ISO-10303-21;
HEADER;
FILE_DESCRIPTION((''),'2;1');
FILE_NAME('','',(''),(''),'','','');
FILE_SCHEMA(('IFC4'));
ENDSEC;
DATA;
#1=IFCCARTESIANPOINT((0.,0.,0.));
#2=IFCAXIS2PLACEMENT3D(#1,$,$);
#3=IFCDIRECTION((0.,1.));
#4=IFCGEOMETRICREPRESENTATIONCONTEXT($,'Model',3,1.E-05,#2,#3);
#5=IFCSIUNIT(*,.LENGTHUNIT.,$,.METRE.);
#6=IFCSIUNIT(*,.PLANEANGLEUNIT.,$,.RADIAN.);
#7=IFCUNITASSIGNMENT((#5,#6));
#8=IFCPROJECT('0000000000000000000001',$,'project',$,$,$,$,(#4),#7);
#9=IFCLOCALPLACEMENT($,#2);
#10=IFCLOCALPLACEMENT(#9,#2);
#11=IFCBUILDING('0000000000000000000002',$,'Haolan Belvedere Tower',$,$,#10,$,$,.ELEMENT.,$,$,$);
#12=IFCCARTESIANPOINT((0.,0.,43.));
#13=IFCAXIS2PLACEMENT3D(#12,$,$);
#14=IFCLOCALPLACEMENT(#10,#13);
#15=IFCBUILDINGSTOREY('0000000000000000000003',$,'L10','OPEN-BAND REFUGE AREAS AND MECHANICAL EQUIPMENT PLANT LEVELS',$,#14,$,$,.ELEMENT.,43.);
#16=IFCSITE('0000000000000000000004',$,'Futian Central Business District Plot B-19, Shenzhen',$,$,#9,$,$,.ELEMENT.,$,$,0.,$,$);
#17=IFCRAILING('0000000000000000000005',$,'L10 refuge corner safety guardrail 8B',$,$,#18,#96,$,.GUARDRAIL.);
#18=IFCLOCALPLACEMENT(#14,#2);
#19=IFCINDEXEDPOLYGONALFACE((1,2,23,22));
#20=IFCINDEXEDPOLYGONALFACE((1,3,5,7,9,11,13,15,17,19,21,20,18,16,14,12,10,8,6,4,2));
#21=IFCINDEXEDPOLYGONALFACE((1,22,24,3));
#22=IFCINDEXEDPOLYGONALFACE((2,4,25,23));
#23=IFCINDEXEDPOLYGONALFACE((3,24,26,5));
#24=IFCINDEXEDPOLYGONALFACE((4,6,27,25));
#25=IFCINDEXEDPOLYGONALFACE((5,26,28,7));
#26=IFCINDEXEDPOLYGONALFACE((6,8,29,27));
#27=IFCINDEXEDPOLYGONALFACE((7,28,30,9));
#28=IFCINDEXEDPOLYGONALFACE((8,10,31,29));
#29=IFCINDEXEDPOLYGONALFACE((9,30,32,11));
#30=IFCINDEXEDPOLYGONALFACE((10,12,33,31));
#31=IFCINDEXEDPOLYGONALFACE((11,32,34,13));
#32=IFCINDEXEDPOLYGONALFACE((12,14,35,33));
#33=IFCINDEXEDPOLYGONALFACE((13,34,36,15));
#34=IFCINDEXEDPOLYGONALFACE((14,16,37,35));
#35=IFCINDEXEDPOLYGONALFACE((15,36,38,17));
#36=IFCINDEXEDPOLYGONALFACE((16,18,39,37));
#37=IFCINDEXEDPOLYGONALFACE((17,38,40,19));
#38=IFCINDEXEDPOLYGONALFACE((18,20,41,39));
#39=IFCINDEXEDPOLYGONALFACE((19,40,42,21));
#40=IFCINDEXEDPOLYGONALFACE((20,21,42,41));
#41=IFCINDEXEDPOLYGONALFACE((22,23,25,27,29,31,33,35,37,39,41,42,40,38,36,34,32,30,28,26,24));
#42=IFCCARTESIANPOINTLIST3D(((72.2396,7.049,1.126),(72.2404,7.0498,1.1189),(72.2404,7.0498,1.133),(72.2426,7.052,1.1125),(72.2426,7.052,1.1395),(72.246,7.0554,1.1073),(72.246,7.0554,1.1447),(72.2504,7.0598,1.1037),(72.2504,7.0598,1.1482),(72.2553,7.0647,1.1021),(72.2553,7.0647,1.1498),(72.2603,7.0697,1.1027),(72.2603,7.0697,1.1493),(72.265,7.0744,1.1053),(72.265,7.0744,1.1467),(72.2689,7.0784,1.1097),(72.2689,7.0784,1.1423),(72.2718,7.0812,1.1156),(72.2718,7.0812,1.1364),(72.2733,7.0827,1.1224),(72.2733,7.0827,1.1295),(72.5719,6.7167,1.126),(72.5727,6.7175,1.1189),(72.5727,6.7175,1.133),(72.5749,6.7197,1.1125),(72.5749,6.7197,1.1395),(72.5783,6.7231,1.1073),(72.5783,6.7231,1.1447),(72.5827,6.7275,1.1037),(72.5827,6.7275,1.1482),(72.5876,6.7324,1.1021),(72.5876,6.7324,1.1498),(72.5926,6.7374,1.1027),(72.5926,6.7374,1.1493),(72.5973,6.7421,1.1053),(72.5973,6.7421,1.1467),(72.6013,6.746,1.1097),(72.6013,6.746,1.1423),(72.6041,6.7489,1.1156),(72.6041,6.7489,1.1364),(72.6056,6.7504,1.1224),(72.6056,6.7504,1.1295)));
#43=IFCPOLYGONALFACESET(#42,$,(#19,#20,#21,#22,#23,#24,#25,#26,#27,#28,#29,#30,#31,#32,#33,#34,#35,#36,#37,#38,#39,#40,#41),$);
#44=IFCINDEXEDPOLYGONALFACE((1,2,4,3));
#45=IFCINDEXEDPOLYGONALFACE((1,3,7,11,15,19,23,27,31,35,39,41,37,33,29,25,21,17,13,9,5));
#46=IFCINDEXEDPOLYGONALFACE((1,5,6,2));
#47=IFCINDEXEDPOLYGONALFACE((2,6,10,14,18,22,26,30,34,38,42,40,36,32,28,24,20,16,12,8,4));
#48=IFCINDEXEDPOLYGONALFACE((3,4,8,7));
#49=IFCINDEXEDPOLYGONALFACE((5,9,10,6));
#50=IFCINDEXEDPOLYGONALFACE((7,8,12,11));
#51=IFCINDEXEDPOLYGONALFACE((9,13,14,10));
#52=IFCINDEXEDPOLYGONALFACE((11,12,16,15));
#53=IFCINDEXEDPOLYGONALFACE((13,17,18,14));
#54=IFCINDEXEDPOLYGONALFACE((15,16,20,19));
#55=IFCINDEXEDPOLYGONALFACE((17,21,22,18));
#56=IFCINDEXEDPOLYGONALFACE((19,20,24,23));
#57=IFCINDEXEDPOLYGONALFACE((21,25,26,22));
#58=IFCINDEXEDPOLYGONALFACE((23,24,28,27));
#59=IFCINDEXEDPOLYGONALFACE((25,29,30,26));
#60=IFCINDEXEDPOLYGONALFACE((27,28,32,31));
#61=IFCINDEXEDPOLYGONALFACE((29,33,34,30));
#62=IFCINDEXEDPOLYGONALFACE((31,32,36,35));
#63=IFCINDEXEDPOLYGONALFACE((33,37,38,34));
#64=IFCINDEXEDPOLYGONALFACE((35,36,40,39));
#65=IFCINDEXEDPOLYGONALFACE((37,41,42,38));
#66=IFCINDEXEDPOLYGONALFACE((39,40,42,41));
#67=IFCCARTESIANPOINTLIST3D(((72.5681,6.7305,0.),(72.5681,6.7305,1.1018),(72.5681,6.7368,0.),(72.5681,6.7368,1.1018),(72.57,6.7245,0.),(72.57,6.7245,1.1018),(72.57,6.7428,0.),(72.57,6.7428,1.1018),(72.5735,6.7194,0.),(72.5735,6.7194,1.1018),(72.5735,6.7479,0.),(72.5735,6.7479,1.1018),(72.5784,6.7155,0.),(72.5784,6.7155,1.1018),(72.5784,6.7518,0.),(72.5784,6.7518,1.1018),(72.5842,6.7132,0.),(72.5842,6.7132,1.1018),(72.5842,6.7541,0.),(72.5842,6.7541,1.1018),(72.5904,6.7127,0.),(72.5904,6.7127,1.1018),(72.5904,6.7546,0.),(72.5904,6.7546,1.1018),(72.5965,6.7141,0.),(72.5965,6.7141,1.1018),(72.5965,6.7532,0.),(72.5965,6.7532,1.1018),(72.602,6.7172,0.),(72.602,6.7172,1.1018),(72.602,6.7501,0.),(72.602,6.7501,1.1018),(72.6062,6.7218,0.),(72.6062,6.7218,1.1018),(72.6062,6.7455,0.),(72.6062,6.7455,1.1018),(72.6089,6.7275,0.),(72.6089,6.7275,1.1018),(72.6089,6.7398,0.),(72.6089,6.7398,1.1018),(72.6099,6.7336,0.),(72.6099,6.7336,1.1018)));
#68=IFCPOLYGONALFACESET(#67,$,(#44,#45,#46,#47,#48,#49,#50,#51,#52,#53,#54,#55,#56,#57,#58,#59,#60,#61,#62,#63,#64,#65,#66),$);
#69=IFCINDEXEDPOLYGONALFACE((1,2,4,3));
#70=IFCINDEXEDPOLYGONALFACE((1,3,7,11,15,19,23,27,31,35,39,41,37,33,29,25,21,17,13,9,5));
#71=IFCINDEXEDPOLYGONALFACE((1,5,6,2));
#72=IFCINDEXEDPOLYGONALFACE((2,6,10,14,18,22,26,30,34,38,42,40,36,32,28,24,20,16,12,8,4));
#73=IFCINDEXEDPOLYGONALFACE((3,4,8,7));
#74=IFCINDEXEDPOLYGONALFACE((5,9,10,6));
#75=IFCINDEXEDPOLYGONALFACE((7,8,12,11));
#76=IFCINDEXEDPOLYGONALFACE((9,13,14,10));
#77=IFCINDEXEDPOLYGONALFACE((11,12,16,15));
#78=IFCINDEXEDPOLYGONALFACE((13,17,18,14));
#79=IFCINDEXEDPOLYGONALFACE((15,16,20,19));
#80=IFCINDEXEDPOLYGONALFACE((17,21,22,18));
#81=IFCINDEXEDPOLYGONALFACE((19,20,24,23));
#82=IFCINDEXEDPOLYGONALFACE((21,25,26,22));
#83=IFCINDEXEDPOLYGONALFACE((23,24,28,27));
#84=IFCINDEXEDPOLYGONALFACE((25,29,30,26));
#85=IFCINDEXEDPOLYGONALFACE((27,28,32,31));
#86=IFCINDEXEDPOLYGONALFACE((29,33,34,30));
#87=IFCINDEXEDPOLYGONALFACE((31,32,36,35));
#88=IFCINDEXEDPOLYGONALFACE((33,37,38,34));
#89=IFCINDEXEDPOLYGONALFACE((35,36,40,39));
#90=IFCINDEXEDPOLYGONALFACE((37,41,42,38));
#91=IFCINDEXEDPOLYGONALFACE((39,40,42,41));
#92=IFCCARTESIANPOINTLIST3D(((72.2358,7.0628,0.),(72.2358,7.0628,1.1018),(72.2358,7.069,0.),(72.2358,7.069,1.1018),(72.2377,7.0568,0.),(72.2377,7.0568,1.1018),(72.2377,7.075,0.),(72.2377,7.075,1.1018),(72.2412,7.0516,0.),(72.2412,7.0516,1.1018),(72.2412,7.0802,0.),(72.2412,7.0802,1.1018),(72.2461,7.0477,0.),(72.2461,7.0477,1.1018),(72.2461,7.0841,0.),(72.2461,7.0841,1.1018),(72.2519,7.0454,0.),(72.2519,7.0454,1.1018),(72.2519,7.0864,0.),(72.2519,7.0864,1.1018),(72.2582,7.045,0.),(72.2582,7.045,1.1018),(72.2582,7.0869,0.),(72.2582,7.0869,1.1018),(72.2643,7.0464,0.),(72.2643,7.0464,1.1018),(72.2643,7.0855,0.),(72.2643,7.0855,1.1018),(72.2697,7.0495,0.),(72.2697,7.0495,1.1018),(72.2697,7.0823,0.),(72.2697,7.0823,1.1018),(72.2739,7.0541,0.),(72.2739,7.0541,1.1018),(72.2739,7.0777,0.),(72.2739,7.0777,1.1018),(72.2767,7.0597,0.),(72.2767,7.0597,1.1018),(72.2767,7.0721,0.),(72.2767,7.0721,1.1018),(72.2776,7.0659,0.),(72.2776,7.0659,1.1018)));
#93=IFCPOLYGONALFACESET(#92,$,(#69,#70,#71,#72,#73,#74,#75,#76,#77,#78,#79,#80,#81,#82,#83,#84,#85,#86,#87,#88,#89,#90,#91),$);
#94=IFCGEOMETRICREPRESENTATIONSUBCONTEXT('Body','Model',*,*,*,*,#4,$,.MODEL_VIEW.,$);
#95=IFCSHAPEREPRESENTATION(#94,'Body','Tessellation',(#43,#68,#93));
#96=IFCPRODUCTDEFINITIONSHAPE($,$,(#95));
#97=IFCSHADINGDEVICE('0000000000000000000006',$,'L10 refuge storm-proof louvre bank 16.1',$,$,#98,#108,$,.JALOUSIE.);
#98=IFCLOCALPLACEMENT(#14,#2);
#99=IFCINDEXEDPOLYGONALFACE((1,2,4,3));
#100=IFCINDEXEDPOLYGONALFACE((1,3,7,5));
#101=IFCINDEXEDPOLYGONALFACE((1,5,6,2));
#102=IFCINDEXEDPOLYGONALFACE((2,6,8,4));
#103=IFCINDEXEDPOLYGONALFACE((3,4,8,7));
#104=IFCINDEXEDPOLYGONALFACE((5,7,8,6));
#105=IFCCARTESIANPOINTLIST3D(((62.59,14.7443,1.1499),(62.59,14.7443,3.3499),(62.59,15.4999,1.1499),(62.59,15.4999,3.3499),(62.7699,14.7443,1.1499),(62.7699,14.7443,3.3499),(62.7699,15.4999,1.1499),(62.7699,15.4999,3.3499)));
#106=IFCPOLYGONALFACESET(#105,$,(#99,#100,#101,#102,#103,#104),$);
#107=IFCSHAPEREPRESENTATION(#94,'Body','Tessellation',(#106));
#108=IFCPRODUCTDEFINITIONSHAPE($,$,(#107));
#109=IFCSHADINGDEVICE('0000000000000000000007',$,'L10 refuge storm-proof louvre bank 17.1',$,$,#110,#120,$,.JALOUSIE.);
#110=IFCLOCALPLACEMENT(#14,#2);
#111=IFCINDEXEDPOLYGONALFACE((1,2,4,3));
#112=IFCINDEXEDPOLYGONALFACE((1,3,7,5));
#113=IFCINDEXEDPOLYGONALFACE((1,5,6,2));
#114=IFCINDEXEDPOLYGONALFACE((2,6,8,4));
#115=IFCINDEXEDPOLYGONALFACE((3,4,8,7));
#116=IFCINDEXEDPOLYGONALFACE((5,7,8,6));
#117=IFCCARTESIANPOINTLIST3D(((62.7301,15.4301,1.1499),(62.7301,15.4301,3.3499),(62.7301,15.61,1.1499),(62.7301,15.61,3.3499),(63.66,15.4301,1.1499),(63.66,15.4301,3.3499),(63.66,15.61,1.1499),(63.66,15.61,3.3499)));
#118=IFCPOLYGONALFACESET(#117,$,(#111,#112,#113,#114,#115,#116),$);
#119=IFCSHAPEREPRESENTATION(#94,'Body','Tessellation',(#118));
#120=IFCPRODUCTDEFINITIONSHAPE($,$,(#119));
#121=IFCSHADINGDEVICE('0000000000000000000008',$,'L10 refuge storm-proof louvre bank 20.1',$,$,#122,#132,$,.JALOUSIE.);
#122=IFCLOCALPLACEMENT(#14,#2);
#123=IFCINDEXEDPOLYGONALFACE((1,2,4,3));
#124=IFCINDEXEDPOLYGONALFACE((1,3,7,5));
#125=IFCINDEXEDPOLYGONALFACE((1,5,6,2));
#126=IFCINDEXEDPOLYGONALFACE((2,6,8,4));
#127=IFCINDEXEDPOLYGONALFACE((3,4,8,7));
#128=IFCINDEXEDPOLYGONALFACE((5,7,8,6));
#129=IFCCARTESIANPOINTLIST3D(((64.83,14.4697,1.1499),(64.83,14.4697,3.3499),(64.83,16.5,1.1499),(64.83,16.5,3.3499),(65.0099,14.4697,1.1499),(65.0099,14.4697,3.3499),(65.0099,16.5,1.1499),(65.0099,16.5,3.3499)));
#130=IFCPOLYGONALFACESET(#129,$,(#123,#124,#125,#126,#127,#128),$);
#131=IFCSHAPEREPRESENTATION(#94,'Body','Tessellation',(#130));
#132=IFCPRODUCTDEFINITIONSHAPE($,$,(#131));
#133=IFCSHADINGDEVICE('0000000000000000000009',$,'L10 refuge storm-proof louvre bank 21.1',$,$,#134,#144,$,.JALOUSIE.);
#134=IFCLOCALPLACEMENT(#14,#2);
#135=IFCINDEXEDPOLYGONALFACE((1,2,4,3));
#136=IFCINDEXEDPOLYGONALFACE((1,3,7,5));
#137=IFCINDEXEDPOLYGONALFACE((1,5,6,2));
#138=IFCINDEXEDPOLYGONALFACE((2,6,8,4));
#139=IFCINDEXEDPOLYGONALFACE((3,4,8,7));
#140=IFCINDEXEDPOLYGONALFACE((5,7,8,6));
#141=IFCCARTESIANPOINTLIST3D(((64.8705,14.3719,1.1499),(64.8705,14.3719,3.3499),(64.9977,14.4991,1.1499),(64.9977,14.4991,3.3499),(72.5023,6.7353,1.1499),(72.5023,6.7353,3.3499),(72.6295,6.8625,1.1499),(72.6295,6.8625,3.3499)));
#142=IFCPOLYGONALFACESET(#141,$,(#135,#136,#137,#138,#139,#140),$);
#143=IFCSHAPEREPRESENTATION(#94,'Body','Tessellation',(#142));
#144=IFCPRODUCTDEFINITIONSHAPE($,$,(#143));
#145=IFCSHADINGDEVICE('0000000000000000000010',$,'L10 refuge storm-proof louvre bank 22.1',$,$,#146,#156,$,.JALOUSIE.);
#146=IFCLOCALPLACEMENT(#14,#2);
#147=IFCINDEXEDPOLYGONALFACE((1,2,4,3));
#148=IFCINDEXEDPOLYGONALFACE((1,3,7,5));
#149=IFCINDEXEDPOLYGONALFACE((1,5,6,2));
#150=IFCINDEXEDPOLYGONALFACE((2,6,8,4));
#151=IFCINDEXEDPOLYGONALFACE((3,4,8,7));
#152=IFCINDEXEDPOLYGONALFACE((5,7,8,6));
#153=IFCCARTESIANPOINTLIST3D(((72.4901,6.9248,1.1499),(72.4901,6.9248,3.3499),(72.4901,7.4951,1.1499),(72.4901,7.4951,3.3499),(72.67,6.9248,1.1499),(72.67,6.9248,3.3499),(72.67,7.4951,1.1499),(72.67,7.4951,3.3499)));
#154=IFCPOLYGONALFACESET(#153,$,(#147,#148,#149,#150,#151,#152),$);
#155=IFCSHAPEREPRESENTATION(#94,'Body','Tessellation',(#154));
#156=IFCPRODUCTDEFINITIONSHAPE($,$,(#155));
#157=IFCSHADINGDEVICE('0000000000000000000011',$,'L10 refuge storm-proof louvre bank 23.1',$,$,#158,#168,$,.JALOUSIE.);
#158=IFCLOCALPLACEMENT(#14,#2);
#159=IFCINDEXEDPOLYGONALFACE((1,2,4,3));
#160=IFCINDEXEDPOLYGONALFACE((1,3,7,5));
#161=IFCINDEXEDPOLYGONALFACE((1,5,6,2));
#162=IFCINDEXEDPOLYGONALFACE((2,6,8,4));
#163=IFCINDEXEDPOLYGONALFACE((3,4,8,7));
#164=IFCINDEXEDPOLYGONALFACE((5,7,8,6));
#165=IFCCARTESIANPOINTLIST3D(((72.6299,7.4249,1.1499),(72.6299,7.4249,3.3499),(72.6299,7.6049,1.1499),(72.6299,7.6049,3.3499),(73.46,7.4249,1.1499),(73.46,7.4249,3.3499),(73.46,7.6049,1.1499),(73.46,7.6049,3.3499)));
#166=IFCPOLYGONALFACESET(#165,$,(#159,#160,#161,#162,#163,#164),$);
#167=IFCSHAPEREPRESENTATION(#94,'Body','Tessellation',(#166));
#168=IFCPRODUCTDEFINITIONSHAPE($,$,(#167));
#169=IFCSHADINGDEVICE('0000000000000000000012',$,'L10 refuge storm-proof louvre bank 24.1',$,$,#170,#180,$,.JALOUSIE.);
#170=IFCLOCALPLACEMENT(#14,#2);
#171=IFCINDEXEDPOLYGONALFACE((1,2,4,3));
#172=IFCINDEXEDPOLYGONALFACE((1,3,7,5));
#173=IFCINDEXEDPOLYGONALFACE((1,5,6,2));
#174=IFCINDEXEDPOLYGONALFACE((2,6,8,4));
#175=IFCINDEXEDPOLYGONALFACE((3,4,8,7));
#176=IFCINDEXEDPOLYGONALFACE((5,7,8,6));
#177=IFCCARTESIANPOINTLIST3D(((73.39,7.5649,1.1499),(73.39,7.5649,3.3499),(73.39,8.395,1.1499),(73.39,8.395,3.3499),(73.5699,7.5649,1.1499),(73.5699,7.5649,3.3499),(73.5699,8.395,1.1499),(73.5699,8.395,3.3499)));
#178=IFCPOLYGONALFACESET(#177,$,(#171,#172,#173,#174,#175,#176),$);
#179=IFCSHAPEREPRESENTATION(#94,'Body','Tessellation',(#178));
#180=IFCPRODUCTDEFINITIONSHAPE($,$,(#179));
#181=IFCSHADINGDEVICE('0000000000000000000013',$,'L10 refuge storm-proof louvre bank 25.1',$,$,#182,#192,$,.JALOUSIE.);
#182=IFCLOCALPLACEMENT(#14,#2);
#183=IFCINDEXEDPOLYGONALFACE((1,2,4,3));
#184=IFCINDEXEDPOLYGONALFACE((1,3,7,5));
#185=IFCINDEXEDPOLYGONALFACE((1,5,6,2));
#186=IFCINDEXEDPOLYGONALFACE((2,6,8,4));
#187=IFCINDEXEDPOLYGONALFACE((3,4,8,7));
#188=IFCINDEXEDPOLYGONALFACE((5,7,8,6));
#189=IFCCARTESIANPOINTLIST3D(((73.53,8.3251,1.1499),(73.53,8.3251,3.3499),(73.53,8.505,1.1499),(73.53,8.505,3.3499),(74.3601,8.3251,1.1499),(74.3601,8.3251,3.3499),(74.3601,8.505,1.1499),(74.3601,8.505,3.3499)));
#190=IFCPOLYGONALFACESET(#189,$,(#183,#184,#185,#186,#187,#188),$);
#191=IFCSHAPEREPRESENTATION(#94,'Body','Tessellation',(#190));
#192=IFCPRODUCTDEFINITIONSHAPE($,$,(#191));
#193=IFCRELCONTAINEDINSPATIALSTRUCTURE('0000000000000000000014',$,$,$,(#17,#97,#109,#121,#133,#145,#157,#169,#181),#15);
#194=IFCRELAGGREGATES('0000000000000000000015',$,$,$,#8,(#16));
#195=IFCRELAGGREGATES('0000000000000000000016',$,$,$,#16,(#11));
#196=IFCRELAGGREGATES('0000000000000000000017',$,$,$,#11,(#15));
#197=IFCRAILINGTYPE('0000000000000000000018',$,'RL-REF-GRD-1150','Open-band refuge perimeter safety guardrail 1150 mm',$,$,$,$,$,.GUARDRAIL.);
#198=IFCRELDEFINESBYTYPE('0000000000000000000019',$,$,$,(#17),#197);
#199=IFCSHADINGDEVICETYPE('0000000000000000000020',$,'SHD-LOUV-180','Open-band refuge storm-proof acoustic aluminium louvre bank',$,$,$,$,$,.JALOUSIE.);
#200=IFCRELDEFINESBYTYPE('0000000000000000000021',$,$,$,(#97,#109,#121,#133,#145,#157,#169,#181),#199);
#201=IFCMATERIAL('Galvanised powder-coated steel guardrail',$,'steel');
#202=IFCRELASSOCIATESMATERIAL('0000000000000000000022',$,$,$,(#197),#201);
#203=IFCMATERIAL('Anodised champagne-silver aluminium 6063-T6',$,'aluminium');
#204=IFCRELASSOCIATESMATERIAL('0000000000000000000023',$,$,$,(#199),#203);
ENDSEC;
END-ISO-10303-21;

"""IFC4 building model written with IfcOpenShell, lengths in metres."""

from ifc_helpers import new_model, si_unit, direction, frame, origin, origin_2d, place, context, subcontext, project, spatial, rectangle, circle, extrude, material, type_object, element, save


model = new_model("IFC4")

# Units and contexts
model_context = context("Model", 3, precision=1e-05, world=origin(), true_north=direction((0.0, 1.0)))
body_context = subcontext(model_context, "Body", "Model", "MODEL_VIEW")
ifc_project = project(units=[si_unit("LENGTHUNIT", "METRE"), si_unit("PLANEANGLEUNIT", "RADIAN")], contexts=[model_context])

# Site, building, storey
site_placement = place(None, origin())
site = spatial("IfcSite", under=ifc_project, at=site_placement, Name="Futian Central Business District Plot B-19, Shenzhen", CompositionType="ELEMENT", RefElevation=0.0)
building_placement = place(site_placement, origin())
building = spatial("IfcBuilding", under=site, at=building_placement, Name="Haolan Belvedere Tower", CompositionType="ELEMENT")
storey_placement = place(building_placement, frame((0.0, 0.0, 43.0)))
storey = spatial("IfcBuildingStorey", under=building, at=storey_placement, Name="L10", Description="OPEN-BAND REFUGE AREAS AND MECHANICAL EQUIPMENT PLANT LEVELS", CompositionType="ELEMENT", Elevation=43.0)

# Railing
ifc_material_1 = material(Name="Galvanised powder-coated steel guardrail", Category="steel")
railing_type = type_object("IfcRailingType", Name="RL-REF-GRD-1150", Description="Open-band refuge perimeter safety guardrail 1150 mm", PredefinedType="GUARDRAIL", material=ifc_material_1)
railing_1_placement = place(storey_placement, frame((72.5889, 6.7336, 0.0)))
element("IfcRailing", 1, at=railing_1_placement, inside=storey, type_object=railing_type, Name="L10 refuge corner safety guardrail 8B", PredefinedType="GUARDRAIL", context=body_context, shape_type="SweptSolid", body=[
    extrude(circle(Radius=0.0239, at=origin_2d()), frame((0.0, 0.0, 1.126), z_axis=(-0.707107, 0.707107, 0.0), x_axis=(-0.707107, -0.707107, 0.0)), (0.0, 0.0, 1.0), 0.47),
    extrude(circle(Radius=0.021, at=origin_2d()), origin(), (0.0, 0.0, 1.0), 1.1018),
    extrude(circle(Radius=0.021, at=origin_2d()), frame((-0.3323, 0.3323, 0.0)), (0.0, 0.0, 1.0), 1.1018),
])

# Shading devices
ifc_material_2 = material(Name="Anodised champagne-silver aluminium 6063-T6", Category="aluminium")
shading_device_type = type_object("IfcShadingDeviceType", Name="SHD-LOUV-180", Description="Open-band refuge storm-proof acoustic aluminium louvre bank", PredefinedType="JALOUSIE", material=ifc_material_2)
shading_device_1_placement = place(storey_placement, frame((62.6799, 15.1221, 1.1499), z_axis=(0.0, 0.0, 1.0), x_axis=(0.0, 1.0, 0.0)))
element("IfcShadingDevice", 2, at=shading_device_1_placement, inside=storey, type_object=shading_device_type, Name="L10 refuge storm-proof louvre bank 16.1", PredefinedType="JALOUSIE", context=body_context, shape_type="SweptSolid", body=[
    extrude(rectangle(XDim=0.7556, YDim=0.1799, at=origin_2d()), origin(), (0.0, 0.0, 1.0), 2.2),
])
shading_device_2_placement = place(storey_placement, frame((63.1951, 15.52, 1.1499), z_axis=(0.0, 0.0, 1.0), x_axis=(1.0, 0.0, 0.0)))
element("IfcShadingDevice", 3, at=shading_device_2_placement, inside=storey, type_object=shading_device_type, Name="L10 refuge storm-proof louvre bank 17.1", PredefinedType="JALOUSIE", context=body_context, shape_type="SweptSolid", body=[
    extrude(rectangle(XDim=0.9299, YDim=0.1799, at=origin_2d()), origin(), (0.0, 0.0, 1.0), 2.2),
])
shading_device_3_placement = place(storey_placement, frame((64.9199, 15.4849, 1.1499), z_axis=(0.0, 0.0, 1.0), x_axis=(0.0, -1.0, 0.0)))
element("IfcShadingDevice", 4, at=shading_device_3_placement, inside=storey, type_object=shading_device_type, Name="L10 refuge storm-proof louvre bank 20.1", PredefinedType="JALOUSIE", context=body_context, shape_type="SweptSolid", body=[
    extrude(rectangle(XDim=2.0303, YDim=0.1799, at=origin_2d()), origin(), (0.0, 0.0, 1.0), 2.2),
])
shading_device_4_placement = place(storey_placement, frame((68.75, 10.6172, 1.1499), z_axis=(0.0, 0.0, 1.0), x_axis=(0.706885, -0.707329, 0.0)))
element("IfcShadingDevice", 5, at=shading_device_4_placement, inside=storey, type_object=shading_device_type, Name="L10 refuge storm-proof louvre bank 21.1", PredefinedType="JALOUSIE", context=body_context, shape_type="SweptSolid", body=[
    extrude(rectangle(XDim=10.7964, YDim=0.1799, at=origin_2d()), origin(), (0.0, 0.0, 1.0), 2.2),
])
shading_device_5_placement = place(storey_placement, frame((72.5801, 7.21, 1.1499), z_axis=(0.0, 0.0, 1.0), x_axis=(0.0, 1.0, 0.0)))
element("IfcShadingDevice", 6, at=shading_device_5_placement, inside=storey, type_object=shading_device_type, Name="L10 refuge storm-proof louvre bank 22.1", PredefinedType="JALOUSIE", context=body_context, shape_type="SweptSolid", body=[
    extrude(rectangle(XDim=0.5703, YDim=0.1799, at=origin_2d()), origin(), (0.0, 0.0, 1.0), 2.2),
])
for number, where, z_axis, x_axis, name in (
    (7, (73.0449, 7.5149, 1.1499), (0.0, 0.0, 1.0), (1.0, 0.0, 0.0), "L10 refuge storm-proof louvre bank 23.1"),
    (8, (73.48, 7.98, 1.1499), (0.0, 0.0, 1.0), (0.0, 1.0, 0.0), "L10 refuge storm-proof louvre bank 24.1"),
    (9, (73.9451, 8.415, 1.1499), (0.0, 0.0, 1.0), (1.0, 0.0, 0.0), "L10 refuge storm-proof louvre bank 25.1"),
):
    element("IfcShadingDevice", number, at=place(storey_placement, frame(where, z_axis=z_axis, x_axis=x_axis)), inside=storey, type_object=shading_device_type, Name=name, PredefinedType="JALOUSIE", context=body_context, shape_type="SweptSolid", body=[
        extrude(rectangle(XDim=0.8301, YDim=0.1799, at=origin_2d()), origin(), (0.0, 0.0, 1.0), 2.2),
    ])

save(model, "model.ifc")
